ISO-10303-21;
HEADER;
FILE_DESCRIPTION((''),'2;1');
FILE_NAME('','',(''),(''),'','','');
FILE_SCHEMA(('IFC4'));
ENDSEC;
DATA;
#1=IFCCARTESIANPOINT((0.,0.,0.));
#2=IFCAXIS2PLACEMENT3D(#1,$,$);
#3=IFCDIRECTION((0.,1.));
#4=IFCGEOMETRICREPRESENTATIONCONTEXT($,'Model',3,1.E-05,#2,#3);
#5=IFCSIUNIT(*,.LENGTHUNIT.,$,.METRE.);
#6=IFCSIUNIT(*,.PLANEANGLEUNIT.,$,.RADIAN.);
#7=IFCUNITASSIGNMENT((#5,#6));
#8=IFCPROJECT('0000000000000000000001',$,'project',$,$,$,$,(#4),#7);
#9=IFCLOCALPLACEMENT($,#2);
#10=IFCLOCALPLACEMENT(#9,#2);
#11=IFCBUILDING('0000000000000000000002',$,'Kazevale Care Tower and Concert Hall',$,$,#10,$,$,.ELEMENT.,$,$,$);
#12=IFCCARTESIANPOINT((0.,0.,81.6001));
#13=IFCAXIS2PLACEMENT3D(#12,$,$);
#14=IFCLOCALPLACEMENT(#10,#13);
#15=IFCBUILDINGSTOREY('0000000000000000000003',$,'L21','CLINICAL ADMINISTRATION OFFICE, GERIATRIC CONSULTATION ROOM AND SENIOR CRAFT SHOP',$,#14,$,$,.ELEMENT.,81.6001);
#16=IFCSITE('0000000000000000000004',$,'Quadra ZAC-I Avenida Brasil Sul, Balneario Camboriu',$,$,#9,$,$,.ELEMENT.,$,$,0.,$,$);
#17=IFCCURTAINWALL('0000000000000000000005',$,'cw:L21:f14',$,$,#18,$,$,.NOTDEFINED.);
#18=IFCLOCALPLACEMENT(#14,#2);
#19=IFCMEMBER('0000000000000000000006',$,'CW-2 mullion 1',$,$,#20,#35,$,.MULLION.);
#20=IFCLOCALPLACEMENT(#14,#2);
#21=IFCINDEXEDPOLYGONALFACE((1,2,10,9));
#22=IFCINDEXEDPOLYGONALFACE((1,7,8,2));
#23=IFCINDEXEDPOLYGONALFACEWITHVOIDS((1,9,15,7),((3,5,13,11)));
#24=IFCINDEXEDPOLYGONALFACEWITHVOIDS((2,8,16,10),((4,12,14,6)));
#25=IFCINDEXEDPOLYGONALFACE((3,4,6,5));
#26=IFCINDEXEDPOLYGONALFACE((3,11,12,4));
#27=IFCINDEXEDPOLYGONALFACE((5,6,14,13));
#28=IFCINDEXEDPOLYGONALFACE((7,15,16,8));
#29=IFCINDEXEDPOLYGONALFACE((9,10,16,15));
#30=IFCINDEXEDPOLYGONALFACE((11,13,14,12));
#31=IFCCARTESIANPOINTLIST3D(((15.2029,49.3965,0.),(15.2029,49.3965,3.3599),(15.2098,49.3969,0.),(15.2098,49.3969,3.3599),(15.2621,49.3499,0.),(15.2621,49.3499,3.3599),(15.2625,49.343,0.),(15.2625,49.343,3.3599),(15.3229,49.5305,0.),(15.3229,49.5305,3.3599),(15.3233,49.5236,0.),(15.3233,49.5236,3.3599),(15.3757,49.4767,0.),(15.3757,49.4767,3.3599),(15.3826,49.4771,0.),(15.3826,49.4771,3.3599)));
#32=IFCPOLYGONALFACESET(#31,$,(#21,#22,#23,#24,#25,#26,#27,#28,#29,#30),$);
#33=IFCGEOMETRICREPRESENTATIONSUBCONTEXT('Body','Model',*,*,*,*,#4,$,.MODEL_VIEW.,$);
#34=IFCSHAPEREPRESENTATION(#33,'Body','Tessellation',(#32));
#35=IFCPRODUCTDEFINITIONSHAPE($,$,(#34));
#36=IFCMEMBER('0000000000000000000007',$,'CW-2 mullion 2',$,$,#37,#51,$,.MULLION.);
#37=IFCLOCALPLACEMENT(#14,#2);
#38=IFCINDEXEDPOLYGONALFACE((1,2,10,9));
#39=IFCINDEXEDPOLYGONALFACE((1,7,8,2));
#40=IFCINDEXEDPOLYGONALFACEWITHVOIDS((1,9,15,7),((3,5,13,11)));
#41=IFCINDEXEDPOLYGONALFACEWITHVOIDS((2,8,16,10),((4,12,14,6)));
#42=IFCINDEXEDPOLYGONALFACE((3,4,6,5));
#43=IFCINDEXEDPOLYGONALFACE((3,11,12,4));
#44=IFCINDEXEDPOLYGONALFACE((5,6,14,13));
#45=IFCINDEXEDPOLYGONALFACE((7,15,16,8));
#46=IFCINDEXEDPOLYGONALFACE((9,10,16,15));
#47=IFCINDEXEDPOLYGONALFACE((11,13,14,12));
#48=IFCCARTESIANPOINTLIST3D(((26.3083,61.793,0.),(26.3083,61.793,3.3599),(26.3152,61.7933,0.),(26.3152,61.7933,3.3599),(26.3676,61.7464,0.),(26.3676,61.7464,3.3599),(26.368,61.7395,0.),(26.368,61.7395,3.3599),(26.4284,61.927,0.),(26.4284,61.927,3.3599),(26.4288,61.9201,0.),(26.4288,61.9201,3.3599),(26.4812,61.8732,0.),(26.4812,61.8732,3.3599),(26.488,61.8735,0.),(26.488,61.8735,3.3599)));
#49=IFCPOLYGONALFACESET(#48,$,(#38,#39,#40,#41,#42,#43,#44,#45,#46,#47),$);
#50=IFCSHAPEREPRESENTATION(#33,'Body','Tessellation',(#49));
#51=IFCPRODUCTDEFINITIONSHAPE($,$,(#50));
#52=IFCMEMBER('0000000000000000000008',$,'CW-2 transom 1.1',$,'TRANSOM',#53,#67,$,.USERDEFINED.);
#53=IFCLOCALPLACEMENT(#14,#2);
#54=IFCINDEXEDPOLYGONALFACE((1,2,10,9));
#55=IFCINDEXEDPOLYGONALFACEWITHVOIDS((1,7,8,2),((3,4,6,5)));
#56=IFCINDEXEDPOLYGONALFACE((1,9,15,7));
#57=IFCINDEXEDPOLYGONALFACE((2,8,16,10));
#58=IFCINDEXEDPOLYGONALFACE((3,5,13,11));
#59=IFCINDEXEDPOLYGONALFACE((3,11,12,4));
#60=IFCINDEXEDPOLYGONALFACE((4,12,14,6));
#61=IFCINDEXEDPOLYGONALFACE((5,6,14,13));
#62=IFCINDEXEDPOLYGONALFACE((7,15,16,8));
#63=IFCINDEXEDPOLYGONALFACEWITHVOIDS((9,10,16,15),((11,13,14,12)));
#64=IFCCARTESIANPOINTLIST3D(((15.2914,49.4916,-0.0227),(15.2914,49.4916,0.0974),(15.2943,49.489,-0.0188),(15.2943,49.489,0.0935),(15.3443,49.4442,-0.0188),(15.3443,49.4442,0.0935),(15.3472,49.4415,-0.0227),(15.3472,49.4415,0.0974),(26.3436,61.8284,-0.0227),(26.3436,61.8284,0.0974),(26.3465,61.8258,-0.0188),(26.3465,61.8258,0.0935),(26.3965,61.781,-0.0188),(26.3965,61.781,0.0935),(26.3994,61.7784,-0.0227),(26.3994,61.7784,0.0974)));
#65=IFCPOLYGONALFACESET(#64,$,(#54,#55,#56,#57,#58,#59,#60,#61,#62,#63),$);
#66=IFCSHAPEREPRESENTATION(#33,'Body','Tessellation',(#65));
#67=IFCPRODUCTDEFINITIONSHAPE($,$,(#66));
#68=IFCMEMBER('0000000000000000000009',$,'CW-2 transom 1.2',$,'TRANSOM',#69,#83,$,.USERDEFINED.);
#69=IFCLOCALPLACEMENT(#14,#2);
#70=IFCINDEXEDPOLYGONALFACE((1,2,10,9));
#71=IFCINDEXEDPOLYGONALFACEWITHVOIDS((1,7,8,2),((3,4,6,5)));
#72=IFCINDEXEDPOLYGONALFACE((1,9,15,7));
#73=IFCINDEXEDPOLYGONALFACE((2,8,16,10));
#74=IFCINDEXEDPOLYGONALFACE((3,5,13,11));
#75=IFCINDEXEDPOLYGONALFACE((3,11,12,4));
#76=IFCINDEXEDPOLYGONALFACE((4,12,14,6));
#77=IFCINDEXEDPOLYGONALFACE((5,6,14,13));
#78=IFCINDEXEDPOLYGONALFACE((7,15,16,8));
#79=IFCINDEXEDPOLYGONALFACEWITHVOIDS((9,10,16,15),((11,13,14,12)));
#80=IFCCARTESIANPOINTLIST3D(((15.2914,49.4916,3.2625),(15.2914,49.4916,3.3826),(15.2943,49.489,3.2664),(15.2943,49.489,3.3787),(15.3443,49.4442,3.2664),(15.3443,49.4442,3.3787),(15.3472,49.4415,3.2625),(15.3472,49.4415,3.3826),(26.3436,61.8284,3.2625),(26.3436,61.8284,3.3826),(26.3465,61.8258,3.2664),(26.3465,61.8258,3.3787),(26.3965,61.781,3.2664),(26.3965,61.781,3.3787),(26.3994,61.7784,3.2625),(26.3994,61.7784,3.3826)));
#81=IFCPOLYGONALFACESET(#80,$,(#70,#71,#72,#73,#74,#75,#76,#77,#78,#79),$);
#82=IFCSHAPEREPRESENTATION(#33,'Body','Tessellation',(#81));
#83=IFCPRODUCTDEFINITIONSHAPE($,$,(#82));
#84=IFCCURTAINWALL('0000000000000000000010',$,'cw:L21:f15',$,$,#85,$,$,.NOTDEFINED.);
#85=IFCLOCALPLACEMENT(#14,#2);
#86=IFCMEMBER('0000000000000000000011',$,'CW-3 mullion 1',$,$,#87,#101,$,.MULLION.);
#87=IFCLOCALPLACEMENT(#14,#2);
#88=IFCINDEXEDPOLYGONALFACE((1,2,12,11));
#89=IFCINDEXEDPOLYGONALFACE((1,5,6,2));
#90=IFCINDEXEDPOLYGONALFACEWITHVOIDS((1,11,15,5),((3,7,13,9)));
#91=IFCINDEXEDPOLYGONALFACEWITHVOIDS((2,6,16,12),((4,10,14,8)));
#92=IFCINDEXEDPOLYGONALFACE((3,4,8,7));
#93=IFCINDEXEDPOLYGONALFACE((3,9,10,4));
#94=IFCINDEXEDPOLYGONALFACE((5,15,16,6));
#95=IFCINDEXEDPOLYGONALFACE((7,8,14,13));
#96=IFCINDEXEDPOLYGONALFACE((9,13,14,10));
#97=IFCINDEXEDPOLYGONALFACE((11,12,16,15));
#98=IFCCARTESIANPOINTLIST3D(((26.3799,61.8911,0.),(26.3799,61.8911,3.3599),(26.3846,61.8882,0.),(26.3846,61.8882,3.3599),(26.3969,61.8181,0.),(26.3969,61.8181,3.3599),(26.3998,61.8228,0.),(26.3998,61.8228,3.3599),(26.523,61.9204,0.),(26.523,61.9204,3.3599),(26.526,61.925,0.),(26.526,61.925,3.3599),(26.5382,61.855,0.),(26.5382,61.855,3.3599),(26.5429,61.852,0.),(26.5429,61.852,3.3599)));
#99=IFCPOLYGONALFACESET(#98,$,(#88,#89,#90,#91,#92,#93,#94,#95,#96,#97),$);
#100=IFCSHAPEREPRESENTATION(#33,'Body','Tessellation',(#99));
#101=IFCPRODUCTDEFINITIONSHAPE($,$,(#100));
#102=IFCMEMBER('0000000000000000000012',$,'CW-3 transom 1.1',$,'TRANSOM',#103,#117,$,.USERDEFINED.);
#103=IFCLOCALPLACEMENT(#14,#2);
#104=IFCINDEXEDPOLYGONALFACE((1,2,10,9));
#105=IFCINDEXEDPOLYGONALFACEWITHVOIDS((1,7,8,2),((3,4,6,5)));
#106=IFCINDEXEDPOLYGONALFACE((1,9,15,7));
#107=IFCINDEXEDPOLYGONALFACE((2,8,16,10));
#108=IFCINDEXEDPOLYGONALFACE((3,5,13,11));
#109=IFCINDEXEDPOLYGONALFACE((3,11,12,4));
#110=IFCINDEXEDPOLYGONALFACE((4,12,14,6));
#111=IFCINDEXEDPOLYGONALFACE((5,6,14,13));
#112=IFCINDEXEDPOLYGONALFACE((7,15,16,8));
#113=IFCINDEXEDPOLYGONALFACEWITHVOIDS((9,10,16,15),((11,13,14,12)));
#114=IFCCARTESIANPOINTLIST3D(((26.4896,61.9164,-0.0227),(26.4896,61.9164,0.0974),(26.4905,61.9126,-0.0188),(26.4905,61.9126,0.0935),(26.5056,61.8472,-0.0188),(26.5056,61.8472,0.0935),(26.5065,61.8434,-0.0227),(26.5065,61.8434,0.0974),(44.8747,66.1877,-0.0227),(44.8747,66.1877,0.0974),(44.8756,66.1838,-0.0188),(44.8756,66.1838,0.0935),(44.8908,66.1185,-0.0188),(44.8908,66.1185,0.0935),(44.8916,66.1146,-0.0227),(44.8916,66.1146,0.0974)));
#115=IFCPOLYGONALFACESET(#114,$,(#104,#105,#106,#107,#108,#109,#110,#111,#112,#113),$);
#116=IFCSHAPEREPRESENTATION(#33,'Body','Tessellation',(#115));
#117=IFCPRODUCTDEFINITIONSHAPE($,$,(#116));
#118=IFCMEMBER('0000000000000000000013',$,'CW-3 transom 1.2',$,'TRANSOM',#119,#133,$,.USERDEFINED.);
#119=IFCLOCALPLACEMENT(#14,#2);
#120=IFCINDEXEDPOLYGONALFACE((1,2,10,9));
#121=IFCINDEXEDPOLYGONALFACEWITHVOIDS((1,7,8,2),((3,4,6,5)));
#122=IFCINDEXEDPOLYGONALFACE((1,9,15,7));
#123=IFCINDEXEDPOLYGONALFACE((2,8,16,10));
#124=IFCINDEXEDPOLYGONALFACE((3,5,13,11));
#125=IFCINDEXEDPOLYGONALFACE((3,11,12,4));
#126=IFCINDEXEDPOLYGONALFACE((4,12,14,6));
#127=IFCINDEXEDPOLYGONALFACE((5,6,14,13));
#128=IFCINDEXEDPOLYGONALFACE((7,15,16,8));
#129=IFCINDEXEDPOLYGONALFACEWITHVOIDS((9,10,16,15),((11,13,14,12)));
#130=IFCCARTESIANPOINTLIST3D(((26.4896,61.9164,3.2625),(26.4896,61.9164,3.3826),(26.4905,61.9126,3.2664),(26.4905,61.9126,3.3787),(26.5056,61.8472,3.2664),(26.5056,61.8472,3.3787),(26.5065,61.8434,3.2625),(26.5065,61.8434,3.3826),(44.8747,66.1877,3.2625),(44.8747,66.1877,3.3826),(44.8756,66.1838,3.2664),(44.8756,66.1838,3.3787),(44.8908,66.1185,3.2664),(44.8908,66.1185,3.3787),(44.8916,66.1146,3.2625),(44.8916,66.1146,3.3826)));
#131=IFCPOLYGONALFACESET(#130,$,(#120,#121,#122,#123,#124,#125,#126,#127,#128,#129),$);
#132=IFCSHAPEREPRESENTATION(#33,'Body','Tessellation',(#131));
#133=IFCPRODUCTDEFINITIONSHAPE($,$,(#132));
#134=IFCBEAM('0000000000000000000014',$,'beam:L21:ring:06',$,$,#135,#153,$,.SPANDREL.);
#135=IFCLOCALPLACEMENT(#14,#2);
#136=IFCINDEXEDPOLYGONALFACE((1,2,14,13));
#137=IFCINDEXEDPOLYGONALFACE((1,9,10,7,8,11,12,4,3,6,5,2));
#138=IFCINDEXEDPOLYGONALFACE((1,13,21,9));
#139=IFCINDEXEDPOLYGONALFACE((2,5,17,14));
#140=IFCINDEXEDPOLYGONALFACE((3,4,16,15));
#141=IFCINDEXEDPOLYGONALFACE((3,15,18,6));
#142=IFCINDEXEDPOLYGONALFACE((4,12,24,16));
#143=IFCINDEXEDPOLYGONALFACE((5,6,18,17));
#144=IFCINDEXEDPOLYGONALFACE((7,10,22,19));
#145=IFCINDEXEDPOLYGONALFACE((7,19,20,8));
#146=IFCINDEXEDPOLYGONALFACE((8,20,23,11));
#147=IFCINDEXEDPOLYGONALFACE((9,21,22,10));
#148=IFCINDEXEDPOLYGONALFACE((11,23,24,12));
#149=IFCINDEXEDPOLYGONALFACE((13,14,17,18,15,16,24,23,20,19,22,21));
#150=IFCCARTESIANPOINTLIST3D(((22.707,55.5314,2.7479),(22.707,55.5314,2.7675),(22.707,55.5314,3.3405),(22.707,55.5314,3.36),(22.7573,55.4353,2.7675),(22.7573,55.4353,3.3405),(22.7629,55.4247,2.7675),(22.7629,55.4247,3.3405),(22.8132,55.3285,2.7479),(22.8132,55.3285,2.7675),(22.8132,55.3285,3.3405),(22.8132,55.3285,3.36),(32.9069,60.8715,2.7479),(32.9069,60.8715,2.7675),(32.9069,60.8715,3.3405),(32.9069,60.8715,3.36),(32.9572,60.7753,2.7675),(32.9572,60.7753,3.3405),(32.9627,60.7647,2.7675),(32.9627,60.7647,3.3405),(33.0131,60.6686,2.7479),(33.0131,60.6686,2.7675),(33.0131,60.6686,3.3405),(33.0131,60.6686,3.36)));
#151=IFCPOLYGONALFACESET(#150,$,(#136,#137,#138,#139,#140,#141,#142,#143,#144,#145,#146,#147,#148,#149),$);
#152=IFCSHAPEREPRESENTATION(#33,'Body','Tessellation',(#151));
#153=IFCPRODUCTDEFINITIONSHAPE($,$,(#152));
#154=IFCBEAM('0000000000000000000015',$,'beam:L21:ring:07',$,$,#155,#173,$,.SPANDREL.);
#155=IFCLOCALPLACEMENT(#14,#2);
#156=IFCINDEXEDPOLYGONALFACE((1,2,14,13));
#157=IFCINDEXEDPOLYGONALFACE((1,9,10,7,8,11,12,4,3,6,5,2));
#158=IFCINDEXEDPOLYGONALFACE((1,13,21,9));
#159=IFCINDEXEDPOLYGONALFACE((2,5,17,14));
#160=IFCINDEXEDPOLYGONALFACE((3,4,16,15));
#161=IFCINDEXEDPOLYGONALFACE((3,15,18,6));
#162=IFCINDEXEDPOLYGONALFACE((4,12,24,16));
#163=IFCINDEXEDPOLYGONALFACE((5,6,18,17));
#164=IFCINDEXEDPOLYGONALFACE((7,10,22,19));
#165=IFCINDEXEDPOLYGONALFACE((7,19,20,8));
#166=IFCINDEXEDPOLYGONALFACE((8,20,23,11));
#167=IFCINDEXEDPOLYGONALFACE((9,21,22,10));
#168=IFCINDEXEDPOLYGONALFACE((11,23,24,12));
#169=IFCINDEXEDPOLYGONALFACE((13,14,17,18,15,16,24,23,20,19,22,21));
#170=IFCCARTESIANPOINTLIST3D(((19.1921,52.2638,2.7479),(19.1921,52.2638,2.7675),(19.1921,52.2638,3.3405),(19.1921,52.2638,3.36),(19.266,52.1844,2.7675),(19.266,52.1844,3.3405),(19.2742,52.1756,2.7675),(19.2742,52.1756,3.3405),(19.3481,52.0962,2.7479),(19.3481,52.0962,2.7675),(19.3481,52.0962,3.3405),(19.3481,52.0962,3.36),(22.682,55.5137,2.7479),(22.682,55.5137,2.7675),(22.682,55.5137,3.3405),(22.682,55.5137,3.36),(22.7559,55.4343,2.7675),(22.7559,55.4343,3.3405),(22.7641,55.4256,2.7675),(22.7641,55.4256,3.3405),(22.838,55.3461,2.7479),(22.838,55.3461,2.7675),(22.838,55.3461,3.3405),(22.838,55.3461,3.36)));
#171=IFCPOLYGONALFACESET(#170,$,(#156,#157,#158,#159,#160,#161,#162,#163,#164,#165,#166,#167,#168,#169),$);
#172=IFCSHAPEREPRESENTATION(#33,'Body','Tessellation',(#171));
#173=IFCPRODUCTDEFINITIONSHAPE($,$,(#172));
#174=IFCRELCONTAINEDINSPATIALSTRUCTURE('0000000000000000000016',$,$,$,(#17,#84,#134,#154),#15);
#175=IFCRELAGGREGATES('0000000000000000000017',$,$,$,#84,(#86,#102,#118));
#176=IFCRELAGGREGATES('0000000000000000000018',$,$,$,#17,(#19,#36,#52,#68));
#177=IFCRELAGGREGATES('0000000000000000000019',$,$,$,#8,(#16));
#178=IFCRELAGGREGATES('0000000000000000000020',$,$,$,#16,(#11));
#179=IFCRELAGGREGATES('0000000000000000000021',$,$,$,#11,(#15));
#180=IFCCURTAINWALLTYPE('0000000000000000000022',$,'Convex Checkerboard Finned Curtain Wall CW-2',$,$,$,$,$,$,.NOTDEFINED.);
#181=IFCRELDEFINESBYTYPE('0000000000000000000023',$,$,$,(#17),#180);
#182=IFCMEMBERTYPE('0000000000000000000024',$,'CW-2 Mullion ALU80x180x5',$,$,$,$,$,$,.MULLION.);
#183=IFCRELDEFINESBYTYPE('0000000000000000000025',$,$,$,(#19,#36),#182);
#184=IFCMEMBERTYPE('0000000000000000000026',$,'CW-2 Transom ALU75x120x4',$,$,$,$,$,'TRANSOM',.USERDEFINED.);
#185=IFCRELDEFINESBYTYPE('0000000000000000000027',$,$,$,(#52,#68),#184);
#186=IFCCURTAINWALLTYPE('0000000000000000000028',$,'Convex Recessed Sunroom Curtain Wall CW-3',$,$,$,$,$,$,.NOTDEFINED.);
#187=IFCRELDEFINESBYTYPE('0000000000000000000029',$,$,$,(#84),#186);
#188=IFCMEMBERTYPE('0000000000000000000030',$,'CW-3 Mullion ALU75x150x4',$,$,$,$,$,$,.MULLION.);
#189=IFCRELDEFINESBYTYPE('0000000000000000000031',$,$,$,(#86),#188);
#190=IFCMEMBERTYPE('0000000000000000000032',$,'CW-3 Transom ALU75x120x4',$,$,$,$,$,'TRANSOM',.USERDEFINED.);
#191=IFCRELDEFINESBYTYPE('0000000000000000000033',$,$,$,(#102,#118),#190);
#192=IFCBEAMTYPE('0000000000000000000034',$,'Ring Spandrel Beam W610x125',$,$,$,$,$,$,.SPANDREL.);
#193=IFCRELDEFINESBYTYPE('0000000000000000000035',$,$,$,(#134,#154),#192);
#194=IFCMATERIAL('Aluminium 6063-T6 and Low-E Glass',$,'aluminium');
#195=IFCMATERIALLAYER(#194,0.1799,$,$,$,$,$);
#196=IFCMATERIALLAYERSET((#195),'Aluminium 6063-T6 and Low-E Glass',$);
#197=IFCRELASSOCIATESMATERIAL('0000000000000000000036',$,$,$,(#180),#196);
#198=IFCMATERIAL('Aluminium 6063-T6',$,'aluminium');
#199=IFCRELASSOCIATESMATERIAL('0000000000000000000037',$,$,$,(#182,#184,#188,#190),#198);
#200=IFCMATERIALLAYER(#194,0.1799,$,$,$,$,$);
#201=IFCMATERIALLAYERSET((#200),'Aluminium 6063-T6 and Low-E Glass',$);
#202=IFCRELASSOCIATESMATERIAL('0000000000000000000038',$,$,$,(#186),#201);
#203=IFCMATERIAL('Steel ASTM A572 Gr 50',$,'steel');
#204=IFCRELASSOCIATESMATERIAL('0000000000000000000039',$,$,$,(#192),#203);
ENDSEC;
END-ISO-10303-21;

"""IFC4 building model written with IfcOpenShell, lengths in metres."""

from ifc_helpers import new_model, si_unit, direction, frame, origin, origin_2d, place, context, subcontext, project, spatial, hollow_rectangle, i_section, extrude, material, layer, layer_set, material_profile, profile_set, type_object, element, aggregate, save


model = new_model("IFC4")

# Units and contexts
model_context = context("Model", 3, precision=1e-05, world=origin(), true_north=direction((0.0, 1.0)))
body_context = subcontext(model_context, "Body", "Model", "MODEL_VIEW")
ifc_project = project(units=[si_unit("LENGTHUNIT", "METRE"), si_unit("PLANEANGLEUNIT", "RADIAN")], contexts=[model_context])

# Site, building, storey
site_placement = place(None, origin())
site = spatial("IfcSite", under=ifc_project, at=site_placement, Name="Quadra ZAC-I Avenida Brasil Sul, Balneario Camboriu", CompositionType="ELEMENT", RefElevation=0.0)
building_placement = place(site_placement, origin())
building = spatial("IfcBuilding", under=site, at=building_placement, Name="Kazevale Care Tower and Concert Hall", CompositionType="ELEMENT")
storey_placement = place(building_placement, frame((0.0, 0.0, 81.6001)))
storey = spatial("IfcBuildingStorey", under=building, at=storey_placement, Name="L21", Description="CLINICAL ADMINISTRATION OFFICE, GERIATRIC CONSULTATION ROOM AND SENIOR CRAFT SHOP", CompositionType="ELEMENT", Elevation=81.6001)

# Curtain walls, members
ifc_material_1 = material(Name="Aluminium 6063-T6 and Low-E Glass", Category="aluminium")
ifc_layer_1 = layer(ifc_material_1, 0.1799)
ifc_layer_set_1 = layer_set([ifc_layer_1], Name="Aluminium 6063-T6 and Low-E Glass")
curtain_wall_type_1 = type_object("IfcCurtainWallType", Name="Convex Checkerboard Finned Curtain Wall CW-2", PredefinedType="NOTDEFINED", material=ifc_layer_set_1)
curtain_wall_1_placement = place(storey_placement, origin())
curtain_wall_1 = element("IfcCurtainWall", 1, at=curtain_wall_1_placement, inside=storey, type_object=curtain_wall_type_1, Name="cw:L21:f14", PredefinedType="NOTDEFINED")
ifc_material_2 = material(Name="Aluminium 6063-T6", Category="aluminium")
ifc_material_profile_1 = material_profile(ifc_material_2, hollow_rectangle(XDim=0.0801, YDim=0.1799, WallThickness=0.0049, at=origin_2d()), Name="ALU80x180x5")
ifc_profile_set_1 = profile_set([ifc_material_profile_1], Name="Aluminium 6063-T6")
member_type_1 = type_object("IfcMemberType", Name="CW-2 Mullion ALU80x180x5", PredefinedType="MULLION", material=ifc_profile_set_1)
member_1_placement = place(storey_placement, frame((15.2927, 49.4368, 0.0), z_axis=(0.0, 0.0, 1.0), x_axis=(-0.74482, 0.667265, 0.0)))
member_1 = element("IfcMember", 2, at=member_1_placement, type_object=member_type_1, Name="CW-2 mullion 1", PredefinedType="MULLION", context=body_context, shape_type="SweptSolid", body=[
    extrude(hollow_rectangle(XDim=0.0801, YDim=0.1799, WallThickness=0.0049, at=origin_2d()), origin(), (0.0, 0.0, 1.0), 3.3599),
])
member_2_placement = place(storey_placement, frame((26.3982, 61.8333, 0.0), z_axis=(0.0, 0.0, 1.0), x_axis=(-0.74482, 0.667265, 0.0)))
member_2 = element("IfcMember", 3, at=member_2_placement, type_object=member_type_1, Name="CW-2 mullion 2", PredefinedType="MULLION", context=body_context, shape_type="SweptSolid", body=[
    extrude(hollow_rectangle(XDim=0.0801, YDim=0.1799, WallThickness=0.0049, at=origin_2d()), origin(), (0.0, 0.0, 1.0), 3.3599),
])
ifc_material_profile_2 = material_profile(ifc_material_2, hollow_rectangle(XDim=0.075, YDim=0.1201, WallThickness=0.0039, at=origin_2d()), Name="ALU75x120x4")
ifc_profile_set_2 = profile_set([ifc_material_profile_2], Name="Aluminium 6063-T6")
member_type_2 = type_object("IfcMemberType", Name="CW-2 Transom ALU75x120x4", ElementType="TRANSOM", PredefinedType="USERDEFINED", material=ifc_profile_set_2)
member_3_placement = place(storey_placement, frame((15.3193, 49.4666, 0.0374), z_axis=(0.667263, 0.744823, 0.0), x_axis=(-0.744823, 0.667263, 0.0)))
member_3 = element("IfcMember", 4, at=member_3_placement, type_object=member_type_2, Name="CW-2 transom 1.1", ObjectType="TRANSOM", PredefinedType="USERDEFINED", context=body_context, shape_type="SweptSolid", body=[
    extrude(hollow_rectangle(XDim=0.075, YDim=0.1201, WallThickness=0.0039, at=origin_2d()), origin(), (0.0, 0.0, 1.0), 16.5635),
])
member_4_placement = place(storey_placement, frame((15.3193, 49.4666, 3.3225), z_axis=(0.667263, 0.744823, 0.0), x_axis=(-0.744823, 0.667263, 0.0)))
member_4 = element("IfcMember", 5, at=member_4_placement, type_object=member_type_2, Name="CW-2 transom 1.2", ObjectType="TRANSOM", PredefinedType="USERDEFINED", context=body_context, shape_type="SweptSolid", body=[
    extrude(hollow_rectangle(XDim=0.075, YDim=0.1201, WallThickness=0.0039, at=origin_2d()), origin(), (0.0, 0.0, 1.0), 16.5635),
])
ifc_layer_2 = layer(ifc_material_1, 0.1799)
ifc_layer_set_2 = layer_set([ifc_layer_2], Name="Aluminium 6063-T6 and Low-E Glass")
curtain_wall_type_2 = type_object("IfcCurtainWallType", Name="Convex Recessed Sunroom Curtain Wall CW-3", PredefinedType="NOTDEFINED", material=ifc_layer_set_2)
curtain_wall_2_placement = place(storey_placement, origin())
curtain_wall_2 = element("IfcCurtainWall", 6, at=curtain_wall_2_placement, inside=storey, type_object=curtain_wall_type_2, Name="cw:L21:f15", PredefinedType="NOTDEFINED")
ifc_material_profile_3 = material_profile(ifc_material_2, hollow_rectangle(XDim=0.075, YDim=0.1499, WallThickness=0.0039, at=origin_2d()), Name="ALU75x150x4")
ifc_profile_set_3 = profile_set([ifc_material_profile_3], Name="Aluminium 6063-T6")
member_type_3 = type_object("IfcMemberType", Name="CW-3 Mullion ALU75x150x4", PredefinedType="MULLION", material=ifc_profile_set_3)
member_5_placement = place(storey_placement, frame((26.4614, 61.8716, 0.0), z_axis=(0.0, 0.0, 1.0), x_axis=(-0.226287, 0.974061, 0.0)))
member_5 = element("IfcMember", 7, at=member_5_placement, type_object=member_type_3, Name="CW-3 mullion 1", PredefinedType="MULLION", context=body_context, shape_type="SweptSolid", body=[
    extrude(hollow_rectangle(XDim=0.075, YDim=0.1499, WallThickness=0.0039, at=origin_2d()), origin(), (0.0, 0.0, 1.0), 3.3599),
])
ifc_material_profile_4 = material_profile(ifc_material_2, hollow_rectangle(XDim=0.075, YDim=0.1201, WallThickness=0.0039, at=origin_2d()), Name="ALU75x120x4")
ifc_profile_set_4 = profile_set([ifc_material_profile_4], Name="Aluminium 6063-T6")
member_type_4 = type_object("IfcMemberType", Name="CW-3 Transom ALU75x120x4", ElementType="TRANSOM", PredefinedType="USERDEFINED", material=ifc_profile_set_4)
member_6_placement = place(storey_placement, frame((26.498, 61.8799, 0.0374), z_axis=(0.974059, 0.226295, 0.0), x_axis=(-0.226295, 0.974059, 0.0)))
member_6 = element("IfcMember", 8, at=member_6_placement, type_object=member_type_4, Name="CW-3 transom 1.1", ObjectType="TRANSOM", PredefinedType="USERDEFINED", context=body_context, shape_type="SweptSolid", body=[
    extrude(hollow_rectangle(XDim=0.075, YDim=0.1201, WallThickness=0.0039, at=origin_2d()), origin(), (0.0, 0.0, 1.0), 18.8748),
])
member_7_placement = place(storey_placement, frame((26.498, 61.8799, 3.3225), z_axis=(0.974059, 0.226295, 0.0), x_axis=(-0.226295, 0.974059, 0.0)))
member_7 = element("IfcMember", 9, at=member_7_placement, type_object=member_type_4, Name="CW-3 transom 1.2", ObjectType="TRANSOM", PredefinedType="USERDEFINED", context=body_context, shape_type="SweptSolid", body=[
    extrude(hollow_rectangle(XDim=0.075, YDim=0.1201, WallThickness=0.0039, at=origin_2d()), origin(), (0.0, 0.0, 1.0), 18.8748),
])
aggregate(curtain_wall_2, [member_5, member_6, member_7])

# Beams
ifc_material_3 = material(Name="Steel ASTM A572 Gr 50", Category="steel")
ifc_material_profile_5 = material_profile(ifc_material_3, i_section(OverallWidth=0.229, OverallDepth=0.6121, WebThickness=0.012, FlangeThickness=0.0195, at=origin_2d()), Name="W610x125")
ifc_profile_set_5 = profile_set([ifc_material_profile_5], Name="Steel ASTM A572 Gr 50")
beam_type_1 = type_object("IfcBeamType", Name="Ring Spandrel Beam W610x125", PredefinedType="SPANDREL", material=ifc_profile_set_5)
beam_1_placement = place(storey_placement, frame((32.96, 60.77, 3.054), z_axis=(-0.885929, -0.46382, 0.0), x_axis=(0.46382, -0.885929, 0.0)))
element("IfcBeam", 10, at=beam_1_placement, inside=storey, type_object=beam_type_1, Name="beam:L21:ring:06", PredefinedType="SPANDREL", context=body_context, shape_type="SweptSolid", body=[
    extrude(i_section(OverallWidth=0.229, OverallDepth=0.6121, WebThickness=0.012, FlangeThickness=0.0195, at=origin_2d()), origin(), (0.0, 0.0, 1.0), 11.5132),
])
beam_2_placement = place(storey_placement, frame((22.76, 55.4299, 3.054), z_axis=(-0.731821, -0.681497, 0.0), x_axis=(0.681497, -0.731821, 0.0)))
element("IfcBeam", 11, at=beam_2_placement, inside=storey, type_object=beam_type_1, Name="beam:L21:ring:07", PredefinedType="SPANDREL", context=body_context, shape_type="SweptSolid", body=[
    extrude(i_section(OverallWidth=0.229, OverallDepth=0.6121, WebThickness=0.012, FlangeThickness=0.0195, at=origin_2d()), origin(), (0.0, 0.0, 1.0), 4.7688),
])

aggregate(curtain_wall_1, [member_1, member_2, member_3, member_4])

save(model, "model.ifc")
